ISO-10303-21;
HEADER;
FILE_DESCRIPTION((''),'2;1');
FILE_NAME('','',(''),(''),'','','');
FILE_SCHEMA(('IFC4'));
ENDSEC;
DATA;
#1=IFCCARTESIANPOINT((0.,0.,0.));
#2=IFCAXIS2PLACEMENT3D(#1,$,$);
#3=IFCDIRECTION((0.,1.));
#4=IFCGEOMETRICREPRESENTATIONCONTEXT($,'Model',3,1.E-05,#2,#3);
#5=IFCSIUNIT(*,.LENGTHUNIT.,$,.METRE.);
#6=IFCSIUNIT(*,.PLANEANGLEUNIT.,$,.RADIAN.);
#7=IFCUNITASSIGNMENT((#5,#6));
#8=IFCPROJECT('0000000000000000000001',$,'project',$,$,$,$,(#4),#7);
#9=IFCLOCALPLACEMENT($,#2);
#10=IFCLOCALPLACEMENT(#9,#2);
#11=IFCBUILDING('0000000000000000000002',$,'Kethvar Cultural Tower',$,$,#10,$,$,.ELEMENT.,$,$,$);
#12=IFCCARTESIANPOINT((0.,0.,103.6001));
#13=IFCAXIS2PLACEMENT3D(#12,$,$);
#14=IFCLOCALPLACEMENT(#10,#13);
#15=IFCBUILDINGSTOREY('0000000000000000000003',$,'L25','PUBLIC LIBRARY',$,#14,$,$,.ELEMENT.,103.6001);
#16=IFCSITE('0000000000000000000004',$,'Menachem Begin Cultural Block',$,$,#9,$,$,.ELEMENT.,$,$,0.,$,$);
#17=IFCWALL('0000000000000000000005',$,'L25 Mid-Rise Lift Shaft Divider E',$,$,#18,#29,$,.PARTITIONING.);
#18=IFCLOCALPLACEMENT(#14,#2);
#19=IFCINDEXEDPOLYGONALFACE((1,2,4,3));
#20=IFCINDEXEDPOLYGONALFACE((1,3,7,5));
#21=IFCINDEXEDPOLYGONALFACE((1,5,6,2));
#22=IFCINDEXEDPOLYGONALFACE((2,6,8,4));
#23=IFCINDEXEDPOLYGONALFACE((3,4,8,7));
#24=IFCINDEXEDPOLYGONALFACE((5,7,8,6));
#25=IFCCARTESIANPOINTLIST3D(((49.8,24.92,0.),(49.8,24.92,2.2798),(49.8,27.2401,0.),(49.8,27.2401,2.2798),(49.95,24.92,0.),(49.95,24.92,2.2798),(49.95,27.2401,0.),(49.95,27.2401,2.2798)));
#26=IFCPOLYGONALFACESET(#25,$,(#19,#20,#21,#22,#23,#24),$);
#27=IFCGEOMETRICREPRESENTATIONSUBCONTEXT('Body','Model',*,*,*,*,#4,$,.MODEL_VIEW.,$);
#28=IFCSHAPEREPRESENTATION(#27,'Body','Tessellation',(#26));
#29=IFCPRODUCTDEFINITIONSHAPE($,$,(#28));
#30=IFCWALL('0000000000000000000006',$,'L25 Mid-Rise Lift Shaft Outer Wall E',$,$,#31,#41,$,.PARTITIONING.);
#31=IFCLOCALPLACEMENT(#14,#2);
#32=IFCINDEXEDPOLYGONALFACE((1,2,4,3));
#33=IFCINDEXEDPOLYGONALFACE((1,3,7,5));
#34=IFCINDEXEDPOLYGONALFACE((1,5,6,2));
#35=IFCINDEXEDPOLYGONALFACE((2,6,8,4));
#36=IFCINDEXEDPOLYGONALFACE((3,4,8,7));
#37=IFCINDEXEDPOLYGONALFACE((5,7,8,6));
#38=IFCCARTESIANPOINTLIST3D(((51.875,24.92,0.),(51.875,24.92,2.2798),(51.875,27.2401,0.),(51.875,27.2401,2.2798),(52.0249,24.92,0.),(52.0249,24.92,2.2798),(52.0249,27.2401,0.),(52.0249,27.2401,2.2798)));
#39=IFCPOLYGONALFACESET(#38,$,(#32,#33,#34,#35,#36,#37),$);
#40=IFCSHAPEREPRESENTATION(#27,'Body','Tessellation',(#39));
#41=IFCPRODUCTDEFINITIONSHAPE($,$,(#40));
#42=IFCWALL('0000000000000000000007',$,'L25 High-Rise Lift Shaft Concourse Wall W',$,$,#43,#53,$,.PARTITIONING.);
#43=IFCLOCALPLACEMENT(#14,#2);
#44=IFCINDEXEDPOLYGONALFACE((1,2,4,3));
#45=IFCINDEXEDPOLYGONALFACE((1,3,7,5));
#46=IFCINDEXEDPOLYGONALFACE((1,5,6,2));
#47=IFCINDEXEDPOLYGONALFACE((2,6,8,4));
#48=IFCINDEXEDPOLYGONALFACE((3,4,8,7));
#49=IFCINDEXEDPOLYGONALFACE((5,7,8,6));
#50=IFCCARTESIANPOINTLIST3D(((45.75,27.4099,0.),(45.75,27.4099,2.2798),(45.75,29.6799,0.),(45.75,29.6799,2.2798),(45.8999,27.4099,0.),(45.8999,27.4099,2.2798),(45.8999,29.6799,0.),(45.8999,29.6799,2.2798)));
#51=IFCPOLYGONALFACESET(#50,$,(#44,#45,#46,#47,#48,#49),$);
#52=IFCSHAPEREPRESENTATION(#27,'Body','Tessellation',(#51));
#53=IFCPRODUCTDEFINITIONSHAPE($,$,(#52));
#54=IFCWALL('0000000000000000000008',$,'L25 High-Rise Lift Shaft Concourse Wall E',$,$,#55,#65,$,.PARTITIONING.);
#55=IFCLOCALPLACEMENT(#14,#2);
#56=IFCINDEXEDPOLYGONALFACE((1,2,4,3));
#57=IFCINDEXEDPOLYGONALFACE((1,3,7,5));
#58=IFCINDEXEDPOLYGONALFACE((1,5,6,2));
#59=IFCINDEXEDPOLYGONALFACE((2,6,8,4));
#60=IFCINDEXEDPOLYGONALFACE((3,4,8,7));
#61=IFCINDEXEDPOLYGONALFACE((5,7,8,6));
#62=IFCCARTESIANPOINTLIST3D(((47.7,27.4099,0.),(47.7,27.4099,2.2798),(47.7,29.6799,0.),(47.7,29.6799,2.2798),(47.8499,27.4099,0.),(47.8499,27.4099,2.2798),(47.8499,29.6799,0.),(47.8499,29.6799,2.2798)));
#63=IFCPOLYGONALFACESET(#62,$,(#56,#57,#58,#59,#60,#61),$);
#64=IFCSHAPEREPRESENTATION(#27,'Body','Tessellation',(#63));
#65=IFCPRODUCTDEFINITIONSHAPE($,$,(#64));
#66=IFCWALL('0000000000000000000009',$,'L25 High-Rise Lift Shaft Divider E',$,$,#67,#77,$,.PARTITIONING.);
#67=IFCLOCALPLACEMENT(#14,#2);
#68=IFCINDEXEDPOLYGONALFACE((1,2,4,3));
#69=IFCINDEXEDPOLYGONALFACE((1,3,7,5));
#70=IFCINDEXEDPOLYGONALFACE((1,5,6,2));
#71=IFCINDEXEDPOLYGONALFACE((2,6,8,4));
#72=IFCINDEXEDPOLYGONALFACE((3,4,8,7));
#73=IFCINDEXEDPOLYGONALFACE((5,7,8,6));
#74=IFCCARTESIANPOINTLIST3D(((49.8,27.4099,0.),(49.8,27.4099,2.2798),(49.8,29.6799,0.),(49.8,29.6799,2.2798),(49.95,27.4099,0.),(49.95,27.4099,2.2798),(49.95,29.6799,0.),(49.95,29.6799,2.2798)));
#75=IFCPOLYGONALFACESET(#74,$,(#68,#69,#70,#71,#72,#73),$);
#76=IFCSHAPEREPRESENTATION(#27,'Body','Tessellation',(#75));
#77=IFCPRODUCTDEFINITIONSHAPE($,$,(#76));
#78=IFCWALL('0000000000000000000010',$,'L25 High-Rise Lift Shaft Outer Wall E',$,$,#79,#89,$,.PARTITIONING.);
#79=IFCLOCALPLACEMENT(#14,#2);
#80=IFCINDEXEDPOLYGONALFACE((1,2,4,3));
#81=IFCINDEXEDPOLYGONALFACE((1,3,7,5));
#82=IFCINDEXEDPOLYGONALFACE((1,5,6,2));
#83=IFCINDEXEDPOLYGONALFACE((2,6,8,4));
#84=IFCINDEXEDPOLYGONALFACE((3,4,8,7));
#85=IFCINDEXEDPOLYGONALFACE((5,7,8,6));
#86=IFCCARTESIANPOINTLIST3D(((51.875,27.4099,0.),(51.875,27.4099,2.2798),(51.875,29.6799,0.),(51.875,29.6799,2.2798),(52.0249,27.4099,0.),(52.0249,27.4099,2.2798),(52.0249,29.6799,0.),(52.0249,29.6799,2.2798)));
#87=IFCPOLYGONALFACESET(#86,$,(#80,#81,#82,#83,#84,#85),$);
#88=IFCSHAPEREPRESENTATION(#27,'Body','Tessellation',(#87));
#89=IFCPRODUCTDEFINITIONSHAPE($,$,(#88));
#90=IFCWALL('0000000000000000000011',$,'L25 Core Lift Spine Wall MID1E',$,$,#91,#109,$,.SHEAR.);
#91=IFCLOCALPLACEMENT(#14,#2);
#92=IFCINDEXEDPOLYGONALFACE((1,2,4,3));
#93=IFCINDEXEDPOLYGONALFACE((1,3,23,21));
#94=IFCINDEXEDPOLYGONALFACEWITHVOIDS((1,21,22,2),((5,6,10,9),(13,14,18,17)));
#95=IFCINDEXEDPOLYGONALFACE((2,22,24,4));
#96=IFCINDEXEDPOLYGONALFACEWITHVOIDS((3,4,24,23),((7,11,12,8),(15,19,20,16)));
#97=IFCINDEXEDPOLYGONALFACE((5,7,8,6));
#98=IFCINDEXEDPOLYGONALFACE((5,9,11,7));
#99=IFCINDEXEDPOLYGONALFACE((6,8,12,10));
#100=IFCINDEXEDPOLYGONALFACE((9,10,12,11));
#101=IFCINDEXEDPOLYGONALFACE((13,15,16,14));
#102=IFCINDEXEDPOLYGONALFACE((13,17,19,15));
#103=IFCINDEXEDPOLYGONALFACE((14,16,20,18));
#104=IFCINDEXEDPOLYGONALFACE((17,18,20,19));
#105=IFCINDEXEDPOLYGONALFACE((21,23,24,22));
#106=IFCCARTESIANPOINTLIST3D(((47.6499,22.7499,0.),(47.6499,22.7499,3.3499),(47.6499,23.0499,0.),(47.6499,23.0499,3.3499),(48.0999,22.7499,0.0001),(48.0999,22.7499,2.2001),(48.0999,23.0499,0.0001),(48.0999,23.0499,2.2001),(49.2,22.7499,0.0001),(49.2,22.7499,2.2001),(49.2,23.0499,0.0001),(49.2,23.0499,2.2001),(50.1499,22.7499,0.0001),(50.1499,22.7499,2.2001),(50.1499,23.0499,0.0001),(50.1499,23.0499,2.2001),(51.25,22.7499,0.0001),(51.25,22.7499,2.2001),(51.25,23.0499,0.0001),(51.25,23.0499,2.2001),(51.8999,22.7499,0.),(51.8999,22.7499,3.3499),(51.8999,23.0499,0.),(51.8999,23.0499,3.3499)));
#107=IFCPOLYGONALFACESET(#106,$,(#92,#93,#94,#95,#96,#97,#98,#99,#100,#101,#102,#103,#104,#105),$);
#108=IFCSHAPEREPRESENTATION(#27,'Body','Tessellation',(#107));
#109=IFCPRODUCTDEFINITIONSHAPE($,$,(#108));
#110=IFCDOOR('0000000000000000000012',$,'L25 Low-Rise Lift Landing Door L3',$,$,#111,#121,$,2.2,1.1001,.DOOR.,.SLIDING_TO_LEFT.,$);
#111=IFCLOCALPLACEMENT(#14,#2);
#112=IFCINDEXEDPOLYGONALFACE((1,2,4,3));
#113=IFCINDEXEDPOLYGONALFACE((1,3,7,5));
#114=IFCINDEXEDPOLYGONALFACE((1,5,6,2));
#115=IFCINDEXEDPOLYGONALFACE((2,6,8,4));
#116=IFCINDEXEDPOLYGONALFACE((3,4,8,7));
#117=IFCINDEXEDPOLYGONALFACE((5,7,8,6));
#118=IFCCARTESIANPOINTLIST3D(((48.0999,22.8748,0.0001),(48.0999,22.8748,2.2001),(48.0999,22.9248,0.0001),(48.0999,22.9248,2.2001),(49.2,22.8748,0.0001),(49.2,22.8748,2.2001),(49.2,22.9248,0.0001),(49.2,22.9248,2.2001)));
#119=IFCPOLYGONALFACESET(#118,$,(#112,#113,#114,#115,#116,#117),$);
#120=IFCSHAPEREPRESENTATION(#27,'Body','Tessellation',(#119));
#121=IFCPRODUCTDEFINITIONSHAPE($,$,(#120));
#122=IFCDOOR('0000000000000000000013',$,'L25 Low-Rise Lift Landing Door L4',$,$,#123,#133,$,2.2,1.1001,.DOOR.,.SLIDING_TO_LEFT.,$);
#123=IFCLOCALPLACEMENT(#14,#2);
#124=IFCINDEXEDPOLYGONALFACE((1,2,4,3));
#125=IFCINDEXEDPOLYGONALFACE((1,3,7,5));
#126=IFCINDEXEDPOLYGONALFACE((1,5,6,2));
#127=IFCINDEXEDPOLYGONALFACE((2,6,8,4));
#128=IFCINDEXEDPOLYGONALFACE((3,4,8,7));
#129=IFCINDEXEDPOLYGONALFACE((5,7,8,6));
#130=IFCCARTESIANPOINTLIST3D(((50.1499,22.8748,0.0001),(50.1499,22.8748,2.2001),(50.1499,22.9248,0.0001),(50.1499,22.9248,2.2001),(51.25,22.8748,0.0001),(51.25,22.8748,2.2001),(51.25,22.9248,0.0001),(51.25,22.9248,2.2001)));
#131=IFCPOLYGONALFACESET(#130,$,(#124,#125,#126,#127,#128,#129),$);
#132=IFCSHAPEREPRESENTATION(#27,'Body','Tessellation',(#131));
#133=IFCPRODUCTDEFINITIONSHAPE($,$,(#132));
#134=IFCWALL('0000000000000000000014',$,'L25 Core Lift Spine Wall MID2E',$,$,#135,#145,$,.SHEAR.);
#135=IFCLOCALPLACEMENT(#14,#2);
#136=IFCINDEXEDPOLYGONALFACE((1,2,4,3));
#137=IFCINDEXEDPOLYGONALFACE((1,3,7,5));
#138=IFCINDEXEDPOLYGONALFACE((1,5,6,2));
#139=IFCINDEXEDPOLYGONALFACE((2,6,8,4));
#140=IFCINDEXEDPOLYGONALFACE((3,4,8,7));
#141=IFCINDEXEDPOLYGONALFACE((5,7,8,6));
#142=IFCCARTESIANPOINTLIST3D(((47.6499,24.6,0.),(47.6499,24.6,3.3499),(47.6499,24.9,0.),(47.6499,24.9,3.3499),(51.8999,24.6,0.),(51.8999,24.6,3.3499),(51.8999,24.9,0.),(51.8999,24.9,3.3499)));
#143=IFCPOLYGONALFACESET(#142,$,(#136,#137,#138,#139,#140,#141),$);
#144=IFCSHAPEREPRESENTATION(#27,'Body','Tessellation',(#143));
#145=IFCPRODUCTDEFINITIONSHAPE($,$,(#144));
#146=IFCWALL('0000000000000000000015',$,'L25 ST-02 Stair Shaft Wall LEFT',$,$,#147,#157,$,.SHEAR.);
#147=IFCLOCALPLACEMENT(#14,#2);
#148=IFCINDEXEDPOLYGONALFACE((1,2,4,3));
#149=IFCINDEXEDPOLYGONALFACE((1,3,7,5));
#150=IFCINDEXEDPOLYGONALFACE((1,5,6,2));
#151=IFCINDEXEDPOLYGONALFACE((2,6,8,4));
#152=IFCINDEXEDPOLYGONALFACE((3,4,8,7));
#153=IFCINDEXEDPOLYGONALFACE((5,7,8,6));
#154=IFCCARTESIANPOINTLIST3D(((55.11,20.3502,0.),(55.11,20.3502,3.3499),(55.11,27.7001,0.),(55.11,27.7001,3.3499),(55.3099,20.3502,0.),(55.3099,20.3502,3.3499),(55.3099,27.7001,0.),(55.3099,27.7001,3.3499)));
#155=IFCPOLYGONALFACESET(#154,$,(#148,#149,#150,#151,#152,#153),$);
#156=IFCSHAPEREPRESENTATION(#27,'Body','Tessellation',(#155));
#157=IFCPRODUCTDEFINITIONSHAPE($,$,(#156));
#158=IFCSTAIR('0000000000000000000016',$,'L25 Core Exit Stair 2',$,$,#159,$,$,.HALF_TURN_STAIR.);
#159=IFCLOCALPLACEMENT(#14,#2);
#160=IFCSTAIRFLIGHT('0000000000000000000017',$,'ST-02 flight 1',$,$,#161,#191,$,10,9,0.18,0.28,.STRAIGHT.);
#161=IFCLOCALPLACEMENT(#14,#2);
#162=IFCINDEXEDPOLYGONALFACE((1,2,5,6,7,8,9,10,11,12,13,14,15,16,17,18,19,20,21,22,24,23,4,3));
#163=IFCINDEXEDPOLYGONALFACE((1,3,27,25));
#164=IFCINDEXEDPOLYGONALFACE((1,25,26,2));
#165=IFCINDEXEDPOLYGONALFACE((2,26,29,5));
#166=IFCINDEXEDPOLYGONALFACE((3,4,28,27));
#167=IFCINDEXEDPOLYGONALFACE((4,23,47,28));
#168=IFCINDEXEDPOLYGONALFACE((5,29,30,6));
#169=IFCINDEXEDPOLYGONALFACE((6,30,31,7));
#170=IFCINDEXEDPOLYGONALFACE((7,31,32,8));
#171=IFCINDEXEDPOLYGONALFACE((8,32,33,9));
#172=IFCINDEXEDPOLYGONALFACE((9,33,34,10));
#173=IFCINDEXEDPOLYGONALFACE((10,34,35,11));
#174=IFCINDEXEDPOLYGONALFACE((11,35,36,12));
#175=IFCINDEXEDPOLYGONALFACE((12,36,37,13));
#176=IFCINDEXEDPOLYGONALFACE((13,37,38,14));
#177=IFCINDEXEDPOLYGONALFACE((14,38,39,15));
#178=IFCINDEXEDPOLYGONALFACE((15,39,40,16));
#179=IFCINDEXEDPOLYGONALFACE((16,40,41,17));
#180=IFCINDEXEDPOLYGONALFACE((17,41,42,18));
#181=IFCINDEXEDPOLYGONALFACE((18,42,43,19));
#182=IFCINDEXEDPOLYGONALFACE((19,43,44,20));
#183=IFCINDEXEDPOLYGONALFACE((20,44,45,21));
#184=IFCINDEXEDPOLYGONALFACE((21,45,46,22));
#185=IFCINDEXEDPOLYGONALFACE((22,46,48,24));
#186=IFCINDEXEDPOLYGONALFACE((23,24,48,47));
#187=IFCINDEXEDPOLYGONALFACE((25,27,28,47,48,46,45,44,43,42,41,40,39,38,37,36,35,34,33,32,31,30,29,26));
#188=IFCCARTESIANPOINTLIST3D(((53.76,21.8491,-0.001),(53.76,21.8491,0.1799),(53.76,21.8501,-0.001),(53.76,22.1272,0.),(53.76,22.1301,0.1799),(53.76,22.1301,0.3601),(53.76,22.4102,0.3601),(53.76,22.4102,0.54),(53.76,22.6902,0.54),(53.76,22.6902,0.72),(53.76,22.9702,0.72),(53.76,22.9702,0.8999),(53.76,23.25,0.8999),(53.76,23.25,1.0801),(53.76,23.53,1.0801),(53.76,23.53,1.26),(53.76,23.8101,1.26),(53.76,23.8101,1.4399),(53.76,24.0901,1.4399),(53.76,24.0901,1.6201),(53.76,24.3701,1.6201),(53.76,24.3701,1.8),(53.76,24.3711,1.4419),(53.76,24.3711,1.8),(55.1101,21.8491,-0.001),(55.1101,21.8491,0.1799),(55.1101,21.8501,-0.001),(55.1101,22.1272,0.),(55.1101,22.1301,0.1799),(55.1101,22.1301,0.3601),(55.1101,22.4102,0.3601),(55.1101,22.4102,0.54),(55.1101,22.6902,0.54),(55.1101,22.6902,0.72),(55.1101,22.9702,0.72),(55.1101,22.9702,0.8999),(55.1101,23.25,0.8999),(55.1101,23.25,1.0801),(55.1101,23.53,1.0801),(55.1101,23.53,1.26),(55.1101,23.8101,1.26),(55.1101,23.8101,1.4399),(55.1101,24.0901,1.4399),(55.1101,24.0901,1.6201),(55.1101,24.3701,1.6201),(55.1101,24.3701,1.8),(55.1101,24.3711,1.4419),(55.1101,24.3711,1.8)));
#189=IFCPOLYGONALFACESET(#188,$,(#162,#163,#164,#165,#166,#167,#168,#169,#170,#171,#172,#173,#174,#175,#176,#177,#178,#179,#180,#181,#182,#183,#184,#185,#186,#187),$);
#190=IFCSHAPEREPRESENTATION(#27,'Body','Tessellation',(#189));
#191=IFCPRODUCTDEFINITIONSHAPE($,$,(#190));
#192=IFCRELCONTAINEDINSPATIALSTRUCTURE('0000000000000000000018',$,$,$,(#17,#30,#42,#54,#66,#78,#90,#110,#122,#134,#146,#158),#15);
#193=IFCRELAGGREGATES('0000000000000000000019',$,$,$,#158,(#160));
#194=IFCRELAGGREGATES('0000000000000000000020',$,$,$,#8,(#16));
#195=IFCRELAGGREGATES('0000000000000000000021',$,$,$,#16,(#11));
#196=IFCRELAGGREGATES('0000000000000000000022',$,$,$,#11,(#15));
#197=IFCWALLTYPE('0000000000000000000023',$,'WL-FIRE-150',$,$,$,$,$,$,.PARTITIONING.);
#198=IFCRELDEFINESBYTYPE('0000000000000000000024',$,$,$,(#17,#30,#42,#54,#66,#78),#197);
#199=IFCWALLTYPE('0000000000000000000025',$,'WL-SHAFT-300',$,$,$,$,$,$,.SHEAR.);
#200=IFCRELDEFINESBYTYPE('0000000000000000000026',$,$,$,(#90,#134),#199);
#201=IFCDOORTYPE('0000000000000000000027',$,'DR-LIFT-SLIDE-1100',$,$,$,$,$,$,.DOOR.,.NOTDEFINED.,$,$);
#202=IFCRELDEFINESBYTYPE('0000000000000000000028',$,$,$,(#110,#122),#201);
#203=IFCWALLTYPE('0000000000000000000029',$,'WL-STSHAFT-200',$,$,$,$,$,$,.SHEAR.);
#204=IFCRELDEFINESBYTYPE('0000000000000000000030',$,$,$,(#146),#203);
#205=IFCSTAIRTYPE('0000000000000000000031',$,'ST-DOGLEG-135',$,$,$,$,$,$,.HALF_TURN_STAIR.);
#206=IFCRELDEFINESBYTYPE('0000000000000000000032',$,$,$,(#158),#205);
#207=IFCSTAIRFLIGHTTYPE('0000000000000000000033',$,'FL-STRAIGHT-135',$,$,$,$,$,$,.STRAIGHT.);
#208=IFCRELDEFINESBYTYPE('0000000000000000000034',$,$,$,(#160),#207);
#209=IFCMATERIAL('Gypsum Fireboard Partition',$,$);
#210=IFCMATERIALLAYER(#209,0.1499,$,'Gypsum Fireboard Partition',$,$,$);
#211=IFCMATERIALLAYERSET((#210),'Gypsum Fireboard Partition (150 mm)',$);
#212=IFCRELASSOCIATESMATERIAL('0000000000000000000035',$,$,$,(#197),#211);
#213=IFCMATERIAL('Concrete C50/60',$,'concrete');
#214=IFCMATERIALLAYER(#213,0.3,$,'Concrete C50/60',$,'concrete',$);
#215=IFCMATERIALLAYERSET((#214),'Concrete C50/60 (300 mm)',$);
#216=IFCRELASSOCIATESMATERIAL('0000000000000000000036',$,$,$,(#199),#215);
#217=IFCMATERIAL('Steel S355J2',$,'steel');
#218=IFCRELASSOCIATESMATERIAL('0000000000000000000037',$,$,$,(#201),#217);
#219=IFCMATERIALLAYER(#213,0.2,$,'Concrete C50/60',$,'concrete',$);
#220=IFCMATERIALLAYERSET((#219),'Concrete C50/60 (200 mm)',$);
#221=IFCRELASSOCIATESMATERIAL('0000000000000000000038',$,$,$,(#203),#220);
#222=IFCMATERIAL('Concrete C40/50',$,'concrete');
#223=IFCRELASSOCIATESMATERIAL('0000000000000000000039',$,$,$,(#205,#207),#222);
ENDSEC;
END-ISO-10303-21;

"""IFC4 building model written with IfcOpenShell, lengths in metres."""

from ifc_helpers import new_model, si_unit, direction, frame, frame_2d, origin, place, context, subcontext, project, spatial, polyline, rectangle, outline, extrude, source, transform, mapped, material, layer, layer_set, type_object, element, fill, aggregate, save


model = new_model("IFC4")

# Units and contexts
model_context = context("Model", 3, precision=1e-05, world=origin(), true_north=direction((0.0, 1.0)))
body_context = subcontext(model_context, "Body", "Model", "MODEL_VIEW")
ifc_project = project(units=[si_unit("LENGTHUNIT", "METRE"), si_unit("PLANEANGLEUNIT", "RADIAN")], contexts=[model_context])

# Site, building, storey
site_placement = place(None, origin())
site = spatial("IfcSite", under=ifc_project, at=site_placement, Name="Menachem Begin Cultural Block", CompositionType="ELEMENT", RefElevation=0.0)
building_placement = place(site_placement, origin())
building = spatial("IfcBuilding", under=site, at=building_placement, Name="Kethvar Cultural Tower", CompositionType="ELEMENT")
storey_placement = place(building_placement, frame((0.0, 0.0, 103.6001)))
storey = spatial("IfcBuildingStorey", under=building, at=storey_placement, Name="L25", Description="PUBLIC LIBRARY", CompositionType="ELEMENT", Elevation=103.6001)

# Shared definitions
ifc_material_1 = material(Name="Steel S355J2", Category="steel")

# Walls
ifc_material_2 = material(Name="Gypsum Fireboard Partition")
ifc_layer_1 = layer(ifc_material_2, 0.1499, Name="Gypsum Fireboard Partition")
ifc_layer_set_1 = layer_set([ifc_layer_1], Name="Gypsum Fireboard Partition (150 mm)")
wall_type_1 = type_object("IfcWallType", Name="WL-FIRE-150", PredefinedType="PARTITIONING", material=ifc_layer_set_1)
for number, where, z_axis, x_axis, name in (
    (1, (49.875, 24.9199, 0.0), (0.0, 0.0, 1.0), (0.0, 1.0, 0.0), "L25 Mid-Rise Lift Shaft Divider E"),
    (2, (51.95, 24.9199, 0.0), (0.0, 0.0, 1.0), (0.0, 1.0, 0.0), "L25 Mid-Rise Lift Shaft Outer Wall E"),
):
    element("IfcWall", number, at=place(storey_placement, frame(where, z_axis=z_axis, x_axis=x_axis)), inside=storey, type_object=wall_type_1, Name=name, PredefinedType="PARTITIONING", context=body_context, shape_type="SweptSolid", body=[
        extrude(rectangle(XDim=2.3201, YDim=0.1499, at=frame_2d((1.1602, 0.0))), origin(), (0.0, 0.0, 1.0), 2.2798),
    ])
for number, where, z_axis, x_axis, name in (
    (3, (45.825, 27.4099, 0.0), (0.0, 0.0, 1.0), (0.0, 1.0, 0.0), "L25 High-Rise Lift Shaft Concourse Wall W"),
    (4, (47.7749, 27.4099, 0.0), (0.0, 0.0, 1.0), (0.0, 1.0, 0.0), "L25 High-Rise Lift Shaft Concourse Wall E"),
    (5, (49.875, 27.4099, 0.0), (0.0, 0.0, 1.0), (0.0, 1.0, 0.0), "L25 High-Rise Lift Shaft Divider E"),
    (6, (51.95, 27.4099, 0.0), (0.0, 0.0, 1.0), (0.0, 1.0, 0.0), "L25 High-Rise Lift Shaft Outer Wall E"),
):
    element("IfcWall", number, at=place(storey_placement, frame(where, z_axis=z_axis, x_axis=x_axis)), inside=storey, type_object=wall_type_1, Name=name, PredefinedType="PARTITIONING", context=body_context, shape_type="SweptSolid", body=[
        extrude(rectangle(XDim=2.27, YDim=0.1499, at=frame_2d((1.135, 0.0))), origin(), (0.0, 0.0, 1.0), 2.2798),
    ])

# Wall, openings, doors
ifc_material_3 = material(Name="Concrete C50/60", Category="concrete")
ifc_layer_2 = layer(ifc_material_3, 0.3, Name="Concrete C50/60", Category="concrete")
ifc_layer_set_2 = layer_set([ifc_layer_2], Name="Concrete C50/60 (300 mm)")
wall_type_2 = type_object("IfcWallType", Name="WL-SHAFT-300", PredefinedType="SHEAR", material=ifc_layer_set_2)
wall_1_placement = place(storey_placement, frame((47.6499, 22.8999, 0.0), z_axis=(0.0, 0.0, 1.0), x_axis=(1.0, 0.0, 0.0)))
wall_1 = element("IfcWall", 7, at=wall_1_placement, inside=storey, type_object=wall_type_2, Name="L25 Core Lift Spine Wall MID1E", PredefinedType="SHEAR", context=body_context, shape_type="SweptSolid", body=[
    extrude(rectangle(XDim=4.25, YDim=0.3, at=frame_2d((2.125, 0.0))), origin(), (0.0, 0.0, 1.0), 3.3499),
])
opening_1_placement = place(wall_1_placement, frame((0.45, 0.0, 0.0)))
opening_1 = element("IfcOpeningElement", 8, at=opening_1_placement, cuts=wall_1, PredefinedType="OPENING", context=body_context, shape_type="SweptSolid", body=[
    extrude(rectangle(XDim=1.1001, YDim=2.2, at=frame_2d((0.55, 1.1001))), frame((0.0, 0.1599, 0.0), z_axis=(0.0, -1.0, 0.0), x_axis=(1.0, 0.0, 0.0)), (0.0, 0.0, 1.0), 0.3201),
])
opening_2_placement = place(wall_1_placement, frame((2.5, 0.0, 0.0)))
opening_2 = element("IfcOpeningElement", 9, at=opening_2_placement, cuts=wall_1, PredefinedType="OPENING", context=body_context, shape_type="SweptSolid", body=[
    extrude(rectangle(XDim=1.1001, YDim=2.2, at=frame_2d((0.55, 1.1001))), frame((0.0, 0.1599, 0.0), z_axis=(0.0, -1.0, 0.0), x_axis=(1.0, 0.0, 0.0)), (0.0, 0.0, 1.0), 0.3201),
])
door_type = type_object("IfcDoorType", Name="DR-LIFT-SLIDE-1100", OperationType="NOTDEFINED", PredefinedType="DOOR", material=ifc_material_1)
shared_shape_1 = source(origin(), body_context, "Body", "SweptSolid", [
    extrude(rectangle(XDim=1.1001, YDim=2.2, at=frame_2d((0.55, 1.1001))), frame((0.0, 0.0249, 0.0), z_axis=(0.0, -1.0, 0.0), x_axis=(1.0, 0.0, 0.0)), (0.0, 0.0, 1.0), 0.05),
])
door_1_placement = place(opening_1_placement, origin())
door_1 = element("IfcDoor", 10, at=door_1_placement, inside=storey, type_object=door_type, Name="L25 Low-Rise Lift Landing Door L3", OperationType="SLIDING_TO_LEFT", OverallHeight=2.2, OverallWidth=1.1001, PredefinedType="DOOR", context=body_context, shape_type="MappedRepresentation", body=[
    mapped(shared_shape_1, transform((0.0, 0.0, 0.0), scale=1.0)),
])
fill(opening_1, door_1)
door_2_placement = place(opening_2_placement, origin())
door_2 = element("IfcDoor", 11, at=door_2_placement, inside=storey, type_object=door_type, Name="L25 Low-Rise Lift Landing Door L4", OperationType="SLIDING_TO_LEFT", OverallHeight=2.2, OverallWidth=1.1001, PredefinedType="DOOR", context=body_context, shape_type="MappedRepresentation", body=[
    mapped(shared_shape_1, transform((0.0, 0.0, 0.0), scale=1.0)),
])
fill(opening_2, door_2)

# Walls
wall_2_placement = place(storey_placement, frame((47.6499, 24.75, 0.0), z_axis=(0.0, 0.0, 1.0), x_axis=(1.0, 0.0, 0.0)))
element("IfcWall", 12, at=wall_2_placement, inside=storey, type_object=wall_type_2, Name="L25 Core Lift Spine Wall MID2E", PredefinedType="SHEAR", context=body_context, shape_type="SweptSolid", body=[
    extrude(rectangle(XDim=4.25, YDim=0.3, at=frame_2d((2.125, 0.0))), origin(), (0.0, 0.0, 1.0), 3.3499),
])
ifc_layer_3 = layer(ifc_material_3, 0.2, Name="Concrete C50/60", Category="concrete")
ifc_layer_set_3 = layer_set([ifc_layer_3], Name="Concrete C50/60 (200 mm)")
wall_type_3 = type_object("IfcWallType", Name="WL-STSHAFT-200", PredefinedType="SHEAR", material=ifc_layer_set_3)
wall_3_placement = place(storey_placement, frame((55.21, 27.7, 0.0), z_axis=(0.0, 0.0, 1.0), x_axis=(0.0, -1.0, 0.0)))
element("IfcWall", 13, at=wall_3_placement, inside=storey, type_object=wall_type_3, Name="L25 ST-02 Stair Shaft Wall LEFT", PredefinedType="SHEAR", context=body_context, shape_type="SweptSolid", body=[
    extrude(rectangle(XDim=7.3499, YDim=0.2, at=frame_2d((3.6748, 0.0))), origin(), (0.0, 0.0, 1.0), 3.3499),
])

# Stair, stair flight
ifc_material_4 = material(Name="Concrete C40/50", Category="concrete")
stair_type = type_object("IfcStairType", Name="ST-DOGLEG-135", PredefinedType="HALF_TURN_STAIR", material=ifc_material_4)
stair_placement = place(storey_placement, origin())
stair = element("IfcStair", 14, at=stair_placement, inside=storey, type_object=stair_type, Name="L25 Core Exit Stair 2", PredefinedType="HALF_TURN_STAIR")
stair_flight_type = type_object("IfcStairFlightType", Name="FL-STRAIGHT-135", PredefinedType="STRAIGHT", material=ifc_material_4)
stair_flight_1_placement = place(storey_placement, frame((54.4351, 21.8501, 0.0), z_axis=(0.0, 0.0, 1.0), x_axis=(0.0, 1.0, 0.0)))
stair_flight_1 = element("IfcStairFlight", 15, at=stair_flight_1_placement, type_object=stair_flight_type, Name="ST-02 flight 1", NumberOfRisers=10, NumberOfTreads=9, PredefinedType="STRAIGHT", RiserHeight=0.18, TreadLength=0.28, context=body_context, shape_type="SweptSolid", body=[
    extrude(outline(polyline([(-0.001, -0.001), (-0.001, 0.1799), (0.28, 0.1799), (0.28, 0.3601), (0.5601, 0.3601), (0.5601, 0.54), (0.8401, 0.54), (0.8401, 0.72), (1.1201, 0.72), (1.1201, 0.8999), (1.3999, 0.8999), (1.3999, 1.0801), (1.6799, 1.0801), (1.6799, 1.26), (1.96, 1.26), (1.96, 1.4399), (2.24, 1.4399), (2.24, 1.6201), (2.52, 1.6201), (2.52, 1.8), (2.521, 1.8), (2.521, 1.4419), (0.2771, 0.0), (0.0, -0.001), (-0.001, -0.001)])), frame((0.0, 0.675, 0.0), z_axis=(0.0, -1.0, 0.0), x_axis=(1.0, 0.0, 0.0)), (0.0, 0.0, 1.0), 1.3501),
])
aggregate(stair, [stair_flight_1])

save(model, "model.ifc")
